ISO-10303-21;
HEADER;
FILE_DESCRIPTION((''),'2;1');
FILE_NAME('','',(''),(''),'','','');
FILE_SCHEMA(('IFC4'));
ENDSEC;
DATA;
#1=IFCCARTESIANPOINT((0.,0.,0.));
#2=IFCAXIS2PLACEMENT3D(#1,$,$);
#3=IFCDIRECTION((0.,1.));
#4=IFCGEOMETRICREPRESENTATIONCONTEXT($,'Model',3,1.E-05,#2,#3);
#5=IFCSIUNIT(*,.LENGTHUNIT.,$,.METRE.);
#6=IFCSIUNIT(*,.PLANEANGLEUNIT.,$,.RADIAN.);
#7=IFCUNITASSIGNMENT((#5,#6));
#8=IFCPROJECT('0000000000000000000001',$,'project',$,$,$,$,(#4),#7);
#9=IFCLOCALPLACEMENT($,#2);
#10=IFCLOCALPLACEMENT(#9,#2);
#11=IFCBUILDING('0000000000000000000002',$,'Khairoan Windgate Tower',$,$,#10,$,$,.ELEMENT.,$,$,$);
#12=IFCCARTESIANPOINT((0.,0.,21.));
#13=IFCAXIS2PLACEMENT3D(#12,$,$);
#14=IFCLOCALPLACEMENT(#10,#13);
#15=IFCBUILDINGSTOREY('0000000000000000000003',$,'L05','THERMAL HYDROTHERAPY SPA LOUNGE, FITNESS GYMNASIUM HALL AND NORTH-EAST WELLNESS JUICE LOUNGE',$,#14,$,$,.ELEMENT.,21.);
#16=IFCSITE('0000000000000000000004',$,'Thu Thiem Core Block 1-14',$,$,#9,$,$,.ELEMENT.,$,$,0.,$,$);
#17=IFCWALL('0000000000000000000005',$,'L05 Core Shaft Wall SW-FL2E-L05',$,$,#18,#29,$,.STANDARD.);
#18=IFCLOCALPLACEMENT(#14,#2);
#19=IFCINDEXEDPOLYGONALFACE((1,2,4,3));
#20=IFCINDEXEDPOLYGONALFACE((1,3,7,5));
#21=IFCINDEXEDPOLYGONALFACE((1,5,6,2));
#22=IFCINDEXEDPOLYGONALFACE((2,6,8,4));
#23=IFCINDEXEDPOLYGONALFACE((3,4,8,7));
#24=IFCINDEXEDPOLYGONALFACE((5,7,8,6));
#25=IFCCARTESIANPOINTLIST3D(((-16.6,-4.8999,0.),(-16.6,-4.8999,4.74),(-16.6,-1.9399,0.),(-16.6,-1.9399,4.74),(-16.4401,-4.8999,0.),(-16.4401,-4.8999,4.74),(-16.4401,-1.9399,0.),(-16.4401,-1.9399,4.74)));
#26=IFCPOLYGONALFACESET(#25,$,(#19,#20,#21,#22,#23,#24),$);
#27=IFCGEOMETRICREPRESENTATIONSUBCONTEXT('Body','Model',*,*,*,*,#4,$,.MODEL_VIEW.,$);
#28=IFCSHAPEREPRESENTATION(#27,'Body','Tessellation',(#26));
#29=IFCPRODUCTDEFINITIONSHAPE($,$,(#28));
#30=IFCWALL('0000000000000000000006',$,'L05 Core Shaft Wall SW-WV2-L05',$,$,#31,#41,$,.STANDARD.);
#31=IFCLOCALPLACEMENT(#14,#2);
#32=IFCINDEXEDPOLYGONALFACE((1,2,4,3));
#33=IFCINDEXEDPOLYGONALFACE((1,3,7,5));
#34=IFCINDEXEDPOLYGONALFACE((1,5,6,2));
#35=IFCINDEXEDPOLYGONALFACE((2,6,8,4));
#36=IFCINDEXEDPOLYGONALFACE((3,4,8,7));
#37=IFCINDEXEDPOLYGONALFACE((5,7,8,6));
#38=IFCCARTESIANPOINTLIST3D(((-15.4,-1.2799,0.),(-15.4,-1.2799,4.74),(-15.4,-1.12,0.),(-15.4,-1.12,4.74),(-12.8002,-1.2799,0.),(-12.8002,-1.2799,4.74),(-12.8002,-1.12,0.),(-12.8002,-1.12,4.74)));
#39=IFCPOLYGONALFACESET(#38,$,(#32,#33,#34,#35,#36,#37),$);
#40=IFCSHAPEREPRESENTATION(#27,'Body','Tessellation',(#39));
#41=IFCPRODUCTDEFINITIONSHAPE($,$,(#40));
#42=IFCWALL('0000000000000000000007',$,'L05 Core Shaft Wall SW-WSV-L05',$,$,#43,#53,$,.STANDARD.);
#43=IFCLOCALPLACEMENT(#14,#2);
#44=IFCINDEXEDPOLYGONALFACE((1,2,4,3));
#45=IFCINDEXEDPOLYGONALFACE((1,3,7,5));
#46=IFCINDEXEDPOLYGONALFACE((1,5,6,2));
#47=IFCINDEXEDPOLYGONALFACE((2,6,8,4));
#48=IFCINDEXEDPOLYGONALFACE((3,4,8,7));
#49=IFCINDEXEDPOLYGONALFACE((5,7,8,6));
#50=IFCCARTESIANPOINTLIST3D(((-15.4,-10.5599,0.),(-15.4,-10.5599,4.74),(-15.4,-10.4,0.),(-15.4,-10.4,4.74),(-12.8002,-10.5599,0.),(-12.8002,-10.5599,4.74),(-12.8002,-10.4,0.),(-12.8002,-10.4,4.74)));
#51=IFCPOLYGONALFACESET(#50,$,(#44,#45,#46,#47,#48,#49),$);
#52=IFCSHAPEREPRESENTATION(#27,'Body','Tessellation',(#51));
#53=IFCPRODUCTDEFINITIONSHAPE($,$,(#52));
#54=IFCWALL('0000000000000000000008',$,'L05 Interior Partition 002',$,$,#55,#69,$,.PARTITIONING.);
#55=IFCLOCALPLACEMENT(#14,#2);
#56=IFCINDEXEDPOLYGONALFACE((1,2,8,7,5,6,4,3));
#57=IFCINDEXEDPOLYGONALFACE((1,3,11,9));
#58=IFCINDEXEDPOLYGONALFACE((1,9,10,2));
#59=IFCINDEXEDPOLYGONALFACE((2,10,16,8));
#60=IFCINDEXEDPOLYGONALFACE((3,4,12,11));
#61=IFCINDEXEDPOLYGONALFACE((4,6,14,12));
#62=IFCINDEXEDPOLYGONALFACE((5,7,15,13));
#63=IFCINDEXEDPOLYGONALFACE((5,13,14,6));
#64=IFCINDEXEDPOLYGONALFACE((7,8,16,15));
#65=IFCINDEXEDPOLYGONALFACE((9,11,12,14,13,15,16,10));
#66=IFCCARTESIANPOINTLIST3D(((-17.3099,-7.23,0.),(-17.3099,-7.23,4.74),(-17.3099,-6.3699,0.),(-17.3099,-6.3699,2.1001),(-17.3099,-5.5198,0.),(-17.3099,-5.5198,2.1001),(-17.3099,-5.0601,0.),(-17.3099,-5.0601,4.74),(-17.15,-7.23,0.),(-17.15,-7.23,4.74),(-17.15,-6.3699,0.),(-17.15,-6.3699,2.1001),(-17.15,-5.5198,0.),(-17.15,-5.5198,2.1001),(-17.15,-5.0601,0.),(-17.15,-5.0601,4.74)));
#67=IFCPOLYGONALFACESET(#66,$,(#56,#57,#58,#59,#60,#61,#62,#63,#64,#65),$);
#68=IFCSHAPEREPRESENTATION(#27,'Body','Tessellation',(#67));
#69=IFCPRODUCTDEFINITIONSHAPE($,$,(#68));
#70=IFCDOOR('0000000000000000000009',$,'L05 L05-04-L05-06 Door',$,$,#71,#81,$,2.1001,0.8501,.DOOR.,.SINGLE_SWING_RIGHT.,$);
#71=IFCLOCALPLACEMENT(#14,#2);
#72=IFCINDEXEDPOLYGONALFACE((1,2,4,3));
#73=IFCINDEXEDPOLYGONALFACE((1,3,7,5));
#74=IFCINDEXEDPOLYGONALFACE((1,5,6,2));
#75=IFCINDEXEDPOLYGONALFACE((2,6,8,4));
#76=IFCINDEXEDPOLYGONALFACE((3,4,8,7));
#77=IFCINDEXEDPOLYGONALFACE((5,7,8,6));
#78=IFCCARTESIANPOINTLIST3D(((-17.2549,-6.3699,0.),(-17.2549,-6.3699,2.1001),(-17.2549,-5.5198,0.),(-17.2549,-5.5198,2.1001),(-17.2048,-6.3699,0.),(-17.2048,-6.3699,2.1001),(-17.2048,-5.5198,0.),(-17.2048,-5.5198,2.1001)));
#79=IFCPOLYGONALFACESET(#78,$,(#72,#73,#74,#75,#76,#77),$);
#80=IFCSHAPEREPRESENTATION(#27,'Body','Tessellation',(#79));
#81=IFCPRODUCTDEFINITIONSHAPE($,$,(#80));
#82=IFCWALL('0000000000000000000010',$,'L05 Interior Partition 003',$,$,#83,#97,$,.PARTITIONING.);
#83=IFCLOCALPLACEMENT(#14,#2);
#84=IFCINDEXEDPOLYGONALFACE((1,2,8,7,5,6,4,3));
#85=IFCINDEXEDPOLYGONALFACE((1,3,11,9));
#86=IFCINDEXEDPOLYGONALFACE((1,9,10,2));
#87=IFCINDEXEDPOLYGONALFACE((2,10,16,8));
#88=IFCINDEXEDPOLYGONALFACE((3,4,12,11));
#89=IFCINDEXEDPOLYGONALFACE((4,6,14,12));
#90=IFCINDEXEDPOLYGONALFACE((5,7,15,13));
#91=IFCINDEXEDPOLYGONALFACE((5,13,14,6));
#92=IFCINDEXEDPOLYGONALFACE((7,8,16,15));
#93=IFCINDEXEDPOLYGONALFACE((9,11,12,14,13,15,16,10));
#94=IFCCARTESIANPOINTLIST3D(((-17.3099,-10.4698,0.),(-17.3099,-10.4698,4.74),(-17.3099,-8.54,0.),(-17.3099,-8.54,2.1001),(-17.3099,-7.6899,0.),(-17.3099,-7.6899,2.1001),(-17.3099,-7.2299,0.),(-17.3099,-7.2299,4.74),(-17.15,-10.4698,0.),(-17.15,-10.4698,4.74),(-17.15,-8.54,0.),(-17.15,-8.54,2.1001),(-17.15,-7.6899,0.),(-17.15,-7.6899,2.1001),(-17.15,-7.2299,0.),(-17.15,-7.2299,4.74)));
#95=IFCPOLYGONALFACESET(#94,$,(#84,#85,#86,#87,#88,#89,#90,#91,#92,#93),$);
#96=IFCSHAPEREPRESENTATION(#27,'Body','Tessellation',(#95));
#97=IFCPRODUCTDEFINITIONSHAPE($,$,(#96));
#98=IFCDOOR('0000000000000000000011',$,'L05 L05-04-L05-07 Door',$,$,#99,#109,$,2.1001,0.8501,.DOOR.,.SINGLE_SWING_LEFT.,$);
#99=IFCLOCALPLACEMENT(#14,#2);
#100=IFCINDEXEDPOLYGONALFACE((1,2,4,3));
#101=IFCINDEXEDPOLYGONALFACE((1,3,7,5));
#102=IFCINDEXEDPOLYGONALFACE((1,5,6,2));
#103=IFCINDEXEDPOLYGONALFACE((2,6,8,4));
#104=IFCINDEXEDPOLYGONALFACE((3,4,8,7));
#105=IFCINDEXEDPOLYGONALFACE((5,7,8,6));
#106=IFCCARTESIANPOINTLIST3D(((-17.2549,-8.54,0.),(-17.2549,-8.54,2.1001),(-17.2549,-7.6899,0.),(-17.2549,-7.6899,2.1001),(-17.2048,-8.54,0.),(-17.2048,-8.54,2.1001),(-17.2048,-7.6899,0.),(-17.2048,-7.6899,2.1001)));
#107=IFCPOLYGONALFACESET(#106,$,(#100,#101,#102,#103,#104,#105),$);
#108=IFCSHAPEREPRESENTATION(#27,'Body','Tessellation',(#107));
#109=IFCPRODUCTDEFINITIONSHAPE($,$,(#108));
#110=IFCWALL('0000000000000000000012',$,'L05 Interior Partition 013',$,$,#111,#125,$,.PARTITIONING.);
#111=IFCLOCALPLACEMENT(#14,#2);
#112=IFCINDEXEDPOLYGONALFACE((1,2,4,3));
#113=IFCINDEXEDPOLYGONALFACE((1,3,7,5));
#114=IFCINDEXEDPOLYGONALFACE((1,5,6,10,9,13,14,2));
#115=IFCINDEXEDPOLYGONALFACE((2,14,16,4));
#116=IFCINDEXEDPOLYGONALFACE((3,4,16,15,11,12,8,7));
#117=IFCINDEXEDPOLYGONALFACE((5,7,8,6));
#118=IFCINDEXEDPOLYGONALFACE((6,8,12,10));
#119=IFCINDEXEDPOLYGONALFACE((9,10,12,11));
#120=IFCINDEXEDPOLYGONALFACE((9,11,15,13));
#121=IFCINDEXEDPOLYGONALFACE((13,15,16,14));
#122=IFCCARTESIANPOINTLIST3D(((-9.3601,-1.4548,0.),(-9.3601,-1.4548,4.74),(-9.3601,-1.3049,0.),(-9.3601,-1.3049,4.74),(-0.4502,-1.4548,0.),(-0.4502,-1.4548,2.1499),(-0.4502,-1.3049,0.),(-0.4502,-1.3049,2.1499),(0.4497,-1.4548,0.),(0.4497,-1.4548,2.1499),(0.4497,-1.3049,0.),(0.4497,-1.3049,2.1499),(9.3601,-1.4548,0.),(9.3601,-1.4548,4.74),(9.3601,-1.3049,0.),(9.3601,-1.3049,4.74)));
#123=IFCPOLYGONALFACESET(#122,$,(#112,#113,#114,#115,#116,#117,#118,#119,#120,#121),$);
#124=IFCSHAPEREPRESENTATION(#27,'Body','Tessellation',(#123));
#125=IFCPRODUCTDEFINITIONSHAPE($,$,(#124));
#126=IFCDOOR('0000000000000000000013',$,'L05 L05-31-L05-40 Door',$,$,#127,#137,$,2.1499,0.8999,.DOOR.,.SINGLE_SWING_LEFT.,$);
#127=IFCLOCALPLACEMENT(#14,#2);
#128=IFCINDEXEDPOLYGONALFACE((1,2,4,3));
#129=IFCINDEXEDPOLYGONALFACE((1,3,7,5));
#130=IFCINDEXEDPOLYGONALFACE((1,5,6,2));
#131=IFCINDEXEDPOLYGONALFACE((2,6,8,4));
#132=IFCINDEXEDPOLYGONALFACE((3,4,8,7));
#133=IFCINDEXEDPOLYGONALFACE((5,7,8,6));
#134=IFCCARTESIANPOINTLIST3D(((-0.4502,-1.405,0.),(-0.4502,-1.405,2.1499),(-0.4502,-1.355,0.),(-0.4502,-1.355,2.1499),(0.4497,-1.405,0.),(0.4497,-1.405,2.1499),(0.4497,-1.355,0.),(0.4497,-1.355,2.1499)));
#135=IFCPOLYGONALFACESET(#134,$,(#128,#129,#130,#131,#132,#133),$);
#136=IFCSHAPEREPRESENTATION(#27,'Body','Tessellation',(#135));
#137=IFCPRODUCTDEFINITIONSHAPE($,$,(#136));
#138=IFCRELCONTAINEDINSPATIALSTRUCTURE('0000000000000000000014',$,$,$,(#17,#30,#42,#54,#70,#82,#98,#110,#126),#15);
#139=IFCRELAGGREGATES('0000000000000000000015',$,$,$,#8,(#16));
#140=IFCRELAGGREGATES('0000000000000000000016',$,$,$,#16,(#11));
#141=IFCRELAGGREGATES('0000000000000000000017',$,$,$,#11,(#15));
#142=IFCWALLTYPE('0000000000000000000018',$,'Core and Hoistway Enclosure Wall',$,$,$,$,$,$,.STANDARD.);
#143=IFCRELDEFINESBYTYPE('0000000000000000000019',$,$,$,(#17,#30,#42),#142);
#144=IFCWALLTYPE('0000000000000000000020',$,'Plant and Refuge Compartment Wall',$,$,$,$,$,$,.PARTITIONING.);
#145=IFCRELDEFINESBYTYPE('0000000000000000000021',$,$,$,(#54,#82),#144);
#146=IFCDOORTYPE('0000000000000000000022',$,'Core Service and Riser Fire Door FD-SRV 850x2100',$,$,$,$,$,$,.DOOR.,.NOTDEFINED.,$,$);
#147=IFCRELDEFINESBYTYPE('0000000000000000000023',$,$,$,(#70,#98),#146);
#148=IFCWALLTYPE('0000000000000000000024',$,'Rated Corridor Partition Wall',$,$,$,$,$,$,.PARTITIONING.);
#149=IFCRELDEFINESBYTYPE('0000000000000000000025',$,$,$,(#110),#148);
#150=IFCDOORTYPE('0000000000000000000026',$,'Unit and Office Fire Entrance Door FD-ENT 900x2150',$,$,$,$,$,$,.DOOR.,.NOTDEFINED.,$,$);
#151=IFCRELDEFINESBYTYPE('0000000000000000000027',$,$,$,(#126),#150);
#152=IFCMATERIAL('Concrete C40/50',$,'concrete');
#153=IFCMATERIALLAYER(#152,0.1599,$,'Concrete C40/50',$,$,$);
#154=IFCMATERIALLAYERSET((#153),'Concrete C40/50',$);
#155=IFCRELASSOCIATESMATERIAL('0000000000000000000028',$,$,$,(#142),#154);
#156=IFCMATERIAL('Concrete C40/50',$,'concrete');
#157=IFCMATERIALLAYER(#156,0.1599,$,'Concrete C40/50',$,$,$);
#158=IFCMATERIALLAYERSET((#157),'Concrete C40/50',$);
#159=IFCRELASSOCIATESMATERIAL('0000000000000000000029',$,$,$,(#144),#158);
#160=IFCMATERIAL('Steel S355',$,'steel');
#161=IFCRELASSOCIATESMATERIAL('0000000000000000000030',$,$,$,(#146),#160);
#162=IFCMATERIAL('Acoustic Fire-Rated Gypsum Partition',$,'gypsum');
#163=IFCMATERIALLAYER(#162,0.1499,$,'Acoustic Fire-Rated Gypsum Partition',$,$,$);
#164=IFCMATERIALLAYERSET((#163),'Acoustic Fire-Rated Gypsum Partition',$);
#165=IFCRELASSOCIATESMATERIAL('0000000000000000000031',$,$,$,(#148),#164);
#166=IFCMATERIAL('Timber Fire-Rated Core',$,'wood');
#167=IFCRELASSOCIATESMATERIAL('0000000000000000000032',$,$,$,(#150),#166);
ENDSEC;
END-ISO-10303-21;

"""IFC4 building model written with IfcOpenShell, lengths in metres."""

from ifc_helpers import new_model, si_unit, direction, frame, frame_2d, origin, place, context, subcontext, project, spatial, rectangle, extrude, material, layer, layer_set, type_object, element, fill, save


model = new_model("IFC4")

# Units and contexts
model_context = context("Model", 3, precision=1e-05, world=origin(), true_north=direction((0.0, 1.0)))
body_context = subcontext(model_context, "Body", "Model", "MODEL_VIEW")
ifc_project = project(units=[si_unit("LENGTHUNIT", "METRE"), si_unit("PLANEANGLEUNIT", "RADIAN")], contexts=[model_context])

# Site, building, storey
site_placement = place(None, origin())
site = spatial("IfcSite", under=ifc_project, at=site_placement, Name="Thu Thiem Core Block 1-14", CompositionType="ELEMENT", RefElevation=0.0)
building_placement = place(site_placement, origin())
building = spatial("IfcBuilding", under=site, at=building_placement, Name="Khairoan Windgate Tower", CompositionType="ELEMENT")
storey_placement = place(building_placement, frame((0.0, 0.0, 21.0)))
storey = spatial("IfcBuildingStorey", under=building, at=storey_placement, Name="L05", Description="THERMAL HYDROTHERAPY SPA LOUNGE, FITNESS GYMNASIUM HALL AND NORTH-EAST WELLNESS JUICE LOUNGE", CompositionType="ELEMENT", Elevation=21.0)

# Shared definitions
ifc_material_1 = material(Name="Concrete C40/50", Category="concrete")
ifc_layer_1 = layer(ifc_material_1, 0.1599, Name="Concrete C40/50")
ifc_layer_set_1 = layer_set([ifc_layer_1], Name="Concrete C40/50")
wall_type_1 = type_object("IfcWallType", Name="Core and Hoistway Enclosure Wall", PredefinedType="STANDARD", material=ifc_layer_set_1)

# Walls
for number, where, z_axis, x_axis, name in (
    (1, (-16.52, -4.8999, 0.0), (0.0, 0.0, 1.0), (0.0, 1.0, 0.0), "L05 Core Shaft Wall SW-FL2E-L05"),
):
    element("IfcWall", number, at=place(storey_placement, frame(where, z_axis=z_axis, x_axis=x_axis)), inside=storey, type_object=wall_type_1, Name=name, PredefinedType="STANDARD", context=body_context, shape_type="SweptSolid", body=[
        extrude(rectangle(XDim=2.96, YDim=0.1599, at=frame_2d((1.48, 0.0))), origin(), (0.0, 0.0, 1.0), 4.74),
    ])
for number, where, z_axis, x_axis, name in (
    (2, (-15.3999, -1.2, 0.0), (0.0, 0.0, 1.0), (1.0, 0.0, 0.0), "L05 Core Shaft Wall SW-WV2-L05"),
    (3, (-15.3999, -10.48, 0.0), (0.0, 0.0, 1.0), (1.0, 0.0, 0.0), "L05 Core Shaft Wall SW-WSV-L05"),
):
    element("IfcWall", number, at=place(storey_placement, frame(where, z_axis=z_axis, x_axis=x_axis)), inside=storey, type_object=wall_type_1, Name=name, PredefinedType="STANDARD", context=body_context, shape_type="SweptSolid", body=[
        extrude(rectangle(XDim=2.5999, YDim=0.1599, at=frame_2d((1.2998, 0.0))), origin(), (0.0, 0.0, 1.0), 4.74),
    ])

# Walls, openings, doors
ifc_material_2 = material(Name="Concrete C40/50", Category="concrete")
ifc_layer_2 = layer(ifc_material_2, 0.1599, Name="Concrete C40/50")
ifc_layer_set_2 = layer_set([ifc_layer_2], Name="Concrete C40/50")
wall_type_2 = type_object("IfcWallType", Name="Plant and Refuge Compartment Wall", PredefinedType="PARTITIONING", material=ifc_layer_set_2)
wall_1_placement = place(storey_placement, frame((-17.23, -7.23, 0.0), z_axis=(0.0, 0.0, 1.0), x_axis=(0.0, 1.0, 0.0)))
wall_1 = element("IfcWall", 4, at=wall_1_placement, inside=storey, type_object=wall_type_2, Name="L05 Interior Partition 002", PredefinedType="PARTITIONING", context=body_context, shape_type="SweptSolid", body=[
    extrude(rectangle(XDim=2.1699, YDim=0.1599, at=frame_2d((1.085, 0.0))), origin(), (0.0, 0.0, 1.0), 4.74),
])
opening_1_placement = place(wall_1_placement, frame((0.8601, 0.0, 0.0)))
opening_1 = element("IfcOpeningElement", 5, at=opening_1_placement, cuts=wall_1, PredefinedType="OPENING", context=body_context, shape_type="SweptSolid", body=[
    extrude(rectangle(XDim=0.8501, YDim=2.1001, at=frame_2d((0.425, 1.05))), frame((0.0, 0.0898, 0.0), z_axis=(0.0, -1.0, 0.0), x_axis=(1.0, 0.0, 0.0)), (0.0, 0.0, 1.0), 0.1799),
])
ifc_material_3 = material(Name="Steel S355", Category="steel")
door_type_1 = type_object("IfcDoorType", Name="Core Service and Riser Fire Door FD-SRV 850x2100", OperationType="NOTDEFINED", PredefinedType="DOOR", material=ifc_material_3)
door_1_placement = place(opening_1_placement, origin())
door_1 = element("IfcDoor", 6, at=door_1_placement, inside=storey, type_object=door_type_1, Name="L05 L05-04-L05-06 Door", OperationType="SINGLE_SWING_RIGHT", OverallHeight=2.1001, OverallWidth=0.8501, PredefinedType="DOOR", context=body_context, shape_type="SweptSolid", body=[
    extrude(rectangle(XDim=0.8501, YDim=2.1001, at=frame_2d((0.425, 1.05))), frame((0.0, 0.0249, 0.0), z_axis=(0.0, -1.0, 0.0), x_axis=(1.0, 0.0, 0.0)), (0.0, 0.0, 1.0), 0.05),
])
fill(opening_1, door_1)
wall_2_placement = place(storey_placement, frame((-17.23, -10.47, 0.0), z_axis=(0.0, 0.0, 1.0), x_axis=(0.0, 1.0, 0.0)))
wall_2 = element("IfcWall", 7, at=wall_2_placement, inside=storey, type_object=wall_type_2, Name="L05 Interior Partition 003", PredefinedType="PARTITIONING", context=body_context, shape_type="SweptSolid", body=[
    extrude(rectangle(XDim=3.24, YDim=0.1599, at=frame_2d((1.6201, 0.0))), origin(), (0.0, 0.0, 1.0), 4.74),
])
opening_2_placement = place(wall_2_placement, frame((1.9299, 0.0, 0.0)))
opening_2 = element("IfcOpeningElement", 8, at=opening_2_placement, cuts=wall_2, PredefinedType="OPENING", context=body_context, shape_type="SweptSolid", body=[
    extrude(rectangle(XDim=0.8501, YDim=2.1001, at=frame_2d((0.425, 1.05))), frame((0.0, 0.0898, 0.0), z_axis=(0.0, -1.0, 0.0), x_axis=(1.0, 0.0, 0.0)), (0.0, 0.0, 1.0), 0.1799),
])
door_2_placement = place(opening_2_placement, origin())
door_2 = element("IfcDoor", 9, at=door_2_placement, inside=storey, type_object=door_type_1, Name="L05 L05-04-L05-07 Door", OperationType="SINGLE_SWING_LEFT", OverallHeight=2.1001, OverallWidth=0.8501, PredefinedType="DOOR", context=body_context, shape_type="SweptSolid", body=[
    extrude(rectangle(XDim=0.8501, YDim=2.1001, at=frame_2d((0.425, 1.05))), frame((0.0, 0.0249, 0.0), z_axis=(0.0, -1.0, 0.0), x_axis=(1.0, 0.0, 0.0)), (0.0, 0.0, 1.0), 0.05),
])
fill(opening_2, door_2)
ifc_material_4 = material(Name="Acoustic Fire-Rated Gypsum Partition", Category="gypsum")
ifc_layer_3 = layer(ifc_material_4, 0.1499, Name="Acoustic Fire-Rated Gypsum Partition")
ifc_layer_set_3 = layer_set([ifc_layer_3], Name="Acoustic Fire-Rated Gypsum Partition")
wall_type_3 = type_object("IfcWallType", Name="Rated Corridor Partition Wall", PredefinedType="PARTITIONING", material=ifc_layer_set_3)
wall_3_placement = place(storey_placement, frame((-9.3601, -1.3799, 0.0), z_axis=(0.0, 0.0, 1.0), x_axis=(1.0, 0.0, 0.0)))
wall_3 = element("IfcWall", 10, at=wall_3_placement, inside=storey, type_object=wall_type_3, Name="L05 Interior Partition 013", PredefinedType="PARTITIONING", context=body_context, shape_type="SweptSolid", body=[
    extrude(rectangle(XDim=18.7202, YDim=0.1499, at=frame_2d((9.3601, 0.0))), origin(), (0.0, 0.0, 1.0), 4.74),
])
opening_3_placement = place(wall_3_placement, frame((8.9099, 0.0, 0.0)))
opening_3 = element("IfcOpeningElement", 11, at=opening_3_placement, cuts=wall_3, PredefinedType="OPENING", context=body_context, shape_type="SweptSolid", body=[
    extrude(rectangle(XDim=0.8999, YDim=2.1499, at=frame_2d((0.45, 1.075))), frame((0.0, 0.085, 0.0), z_axis=(0.0, -1.0, 0.0), x_axis=(1.0, 0.0, 0.0)), (0.0, 0.0, 1.0), 0.1699),
])
ifc_material_5 = material(Name="Timber Fire-Rated Core", Category="wood")
door_type_2 = type_object("IfcDoorType", Name="Unit and Office Fire Entrance Door FD-ENT 900x2150", OperationType="NOTDEFINED", PredefinedType="DOOR", material=ifc_material_5)
door_3_placement = place(opening_3_placement, origin())
door_3 = element("IfcDoor", 12, at=door_3_placement, inside=storey, type_object=door_type_2, Name="L05 L05-31-L05-40 Door", OperationType="SINGLE_SWING_LEFT", OverallHeight=2.1499, OverallWidth=0.8999, PredefinedType="DOOR", context=body_context, shape_type="SweptSolid", body=[
    extrude(rectangle(XDim=0.8999, YDim=2.1499, at=frame_2d((0.45, 1.075))), frame((0.0, 0.0249, 0.0), z_axis=(0.0, -1.0, 0.0), x_axis=(1.0, 0.0, 0.0)), (0.0, 0.0, 1.0), 0.05),
])
fill(opening_3, door_3)

save(model, "model.ifc")
